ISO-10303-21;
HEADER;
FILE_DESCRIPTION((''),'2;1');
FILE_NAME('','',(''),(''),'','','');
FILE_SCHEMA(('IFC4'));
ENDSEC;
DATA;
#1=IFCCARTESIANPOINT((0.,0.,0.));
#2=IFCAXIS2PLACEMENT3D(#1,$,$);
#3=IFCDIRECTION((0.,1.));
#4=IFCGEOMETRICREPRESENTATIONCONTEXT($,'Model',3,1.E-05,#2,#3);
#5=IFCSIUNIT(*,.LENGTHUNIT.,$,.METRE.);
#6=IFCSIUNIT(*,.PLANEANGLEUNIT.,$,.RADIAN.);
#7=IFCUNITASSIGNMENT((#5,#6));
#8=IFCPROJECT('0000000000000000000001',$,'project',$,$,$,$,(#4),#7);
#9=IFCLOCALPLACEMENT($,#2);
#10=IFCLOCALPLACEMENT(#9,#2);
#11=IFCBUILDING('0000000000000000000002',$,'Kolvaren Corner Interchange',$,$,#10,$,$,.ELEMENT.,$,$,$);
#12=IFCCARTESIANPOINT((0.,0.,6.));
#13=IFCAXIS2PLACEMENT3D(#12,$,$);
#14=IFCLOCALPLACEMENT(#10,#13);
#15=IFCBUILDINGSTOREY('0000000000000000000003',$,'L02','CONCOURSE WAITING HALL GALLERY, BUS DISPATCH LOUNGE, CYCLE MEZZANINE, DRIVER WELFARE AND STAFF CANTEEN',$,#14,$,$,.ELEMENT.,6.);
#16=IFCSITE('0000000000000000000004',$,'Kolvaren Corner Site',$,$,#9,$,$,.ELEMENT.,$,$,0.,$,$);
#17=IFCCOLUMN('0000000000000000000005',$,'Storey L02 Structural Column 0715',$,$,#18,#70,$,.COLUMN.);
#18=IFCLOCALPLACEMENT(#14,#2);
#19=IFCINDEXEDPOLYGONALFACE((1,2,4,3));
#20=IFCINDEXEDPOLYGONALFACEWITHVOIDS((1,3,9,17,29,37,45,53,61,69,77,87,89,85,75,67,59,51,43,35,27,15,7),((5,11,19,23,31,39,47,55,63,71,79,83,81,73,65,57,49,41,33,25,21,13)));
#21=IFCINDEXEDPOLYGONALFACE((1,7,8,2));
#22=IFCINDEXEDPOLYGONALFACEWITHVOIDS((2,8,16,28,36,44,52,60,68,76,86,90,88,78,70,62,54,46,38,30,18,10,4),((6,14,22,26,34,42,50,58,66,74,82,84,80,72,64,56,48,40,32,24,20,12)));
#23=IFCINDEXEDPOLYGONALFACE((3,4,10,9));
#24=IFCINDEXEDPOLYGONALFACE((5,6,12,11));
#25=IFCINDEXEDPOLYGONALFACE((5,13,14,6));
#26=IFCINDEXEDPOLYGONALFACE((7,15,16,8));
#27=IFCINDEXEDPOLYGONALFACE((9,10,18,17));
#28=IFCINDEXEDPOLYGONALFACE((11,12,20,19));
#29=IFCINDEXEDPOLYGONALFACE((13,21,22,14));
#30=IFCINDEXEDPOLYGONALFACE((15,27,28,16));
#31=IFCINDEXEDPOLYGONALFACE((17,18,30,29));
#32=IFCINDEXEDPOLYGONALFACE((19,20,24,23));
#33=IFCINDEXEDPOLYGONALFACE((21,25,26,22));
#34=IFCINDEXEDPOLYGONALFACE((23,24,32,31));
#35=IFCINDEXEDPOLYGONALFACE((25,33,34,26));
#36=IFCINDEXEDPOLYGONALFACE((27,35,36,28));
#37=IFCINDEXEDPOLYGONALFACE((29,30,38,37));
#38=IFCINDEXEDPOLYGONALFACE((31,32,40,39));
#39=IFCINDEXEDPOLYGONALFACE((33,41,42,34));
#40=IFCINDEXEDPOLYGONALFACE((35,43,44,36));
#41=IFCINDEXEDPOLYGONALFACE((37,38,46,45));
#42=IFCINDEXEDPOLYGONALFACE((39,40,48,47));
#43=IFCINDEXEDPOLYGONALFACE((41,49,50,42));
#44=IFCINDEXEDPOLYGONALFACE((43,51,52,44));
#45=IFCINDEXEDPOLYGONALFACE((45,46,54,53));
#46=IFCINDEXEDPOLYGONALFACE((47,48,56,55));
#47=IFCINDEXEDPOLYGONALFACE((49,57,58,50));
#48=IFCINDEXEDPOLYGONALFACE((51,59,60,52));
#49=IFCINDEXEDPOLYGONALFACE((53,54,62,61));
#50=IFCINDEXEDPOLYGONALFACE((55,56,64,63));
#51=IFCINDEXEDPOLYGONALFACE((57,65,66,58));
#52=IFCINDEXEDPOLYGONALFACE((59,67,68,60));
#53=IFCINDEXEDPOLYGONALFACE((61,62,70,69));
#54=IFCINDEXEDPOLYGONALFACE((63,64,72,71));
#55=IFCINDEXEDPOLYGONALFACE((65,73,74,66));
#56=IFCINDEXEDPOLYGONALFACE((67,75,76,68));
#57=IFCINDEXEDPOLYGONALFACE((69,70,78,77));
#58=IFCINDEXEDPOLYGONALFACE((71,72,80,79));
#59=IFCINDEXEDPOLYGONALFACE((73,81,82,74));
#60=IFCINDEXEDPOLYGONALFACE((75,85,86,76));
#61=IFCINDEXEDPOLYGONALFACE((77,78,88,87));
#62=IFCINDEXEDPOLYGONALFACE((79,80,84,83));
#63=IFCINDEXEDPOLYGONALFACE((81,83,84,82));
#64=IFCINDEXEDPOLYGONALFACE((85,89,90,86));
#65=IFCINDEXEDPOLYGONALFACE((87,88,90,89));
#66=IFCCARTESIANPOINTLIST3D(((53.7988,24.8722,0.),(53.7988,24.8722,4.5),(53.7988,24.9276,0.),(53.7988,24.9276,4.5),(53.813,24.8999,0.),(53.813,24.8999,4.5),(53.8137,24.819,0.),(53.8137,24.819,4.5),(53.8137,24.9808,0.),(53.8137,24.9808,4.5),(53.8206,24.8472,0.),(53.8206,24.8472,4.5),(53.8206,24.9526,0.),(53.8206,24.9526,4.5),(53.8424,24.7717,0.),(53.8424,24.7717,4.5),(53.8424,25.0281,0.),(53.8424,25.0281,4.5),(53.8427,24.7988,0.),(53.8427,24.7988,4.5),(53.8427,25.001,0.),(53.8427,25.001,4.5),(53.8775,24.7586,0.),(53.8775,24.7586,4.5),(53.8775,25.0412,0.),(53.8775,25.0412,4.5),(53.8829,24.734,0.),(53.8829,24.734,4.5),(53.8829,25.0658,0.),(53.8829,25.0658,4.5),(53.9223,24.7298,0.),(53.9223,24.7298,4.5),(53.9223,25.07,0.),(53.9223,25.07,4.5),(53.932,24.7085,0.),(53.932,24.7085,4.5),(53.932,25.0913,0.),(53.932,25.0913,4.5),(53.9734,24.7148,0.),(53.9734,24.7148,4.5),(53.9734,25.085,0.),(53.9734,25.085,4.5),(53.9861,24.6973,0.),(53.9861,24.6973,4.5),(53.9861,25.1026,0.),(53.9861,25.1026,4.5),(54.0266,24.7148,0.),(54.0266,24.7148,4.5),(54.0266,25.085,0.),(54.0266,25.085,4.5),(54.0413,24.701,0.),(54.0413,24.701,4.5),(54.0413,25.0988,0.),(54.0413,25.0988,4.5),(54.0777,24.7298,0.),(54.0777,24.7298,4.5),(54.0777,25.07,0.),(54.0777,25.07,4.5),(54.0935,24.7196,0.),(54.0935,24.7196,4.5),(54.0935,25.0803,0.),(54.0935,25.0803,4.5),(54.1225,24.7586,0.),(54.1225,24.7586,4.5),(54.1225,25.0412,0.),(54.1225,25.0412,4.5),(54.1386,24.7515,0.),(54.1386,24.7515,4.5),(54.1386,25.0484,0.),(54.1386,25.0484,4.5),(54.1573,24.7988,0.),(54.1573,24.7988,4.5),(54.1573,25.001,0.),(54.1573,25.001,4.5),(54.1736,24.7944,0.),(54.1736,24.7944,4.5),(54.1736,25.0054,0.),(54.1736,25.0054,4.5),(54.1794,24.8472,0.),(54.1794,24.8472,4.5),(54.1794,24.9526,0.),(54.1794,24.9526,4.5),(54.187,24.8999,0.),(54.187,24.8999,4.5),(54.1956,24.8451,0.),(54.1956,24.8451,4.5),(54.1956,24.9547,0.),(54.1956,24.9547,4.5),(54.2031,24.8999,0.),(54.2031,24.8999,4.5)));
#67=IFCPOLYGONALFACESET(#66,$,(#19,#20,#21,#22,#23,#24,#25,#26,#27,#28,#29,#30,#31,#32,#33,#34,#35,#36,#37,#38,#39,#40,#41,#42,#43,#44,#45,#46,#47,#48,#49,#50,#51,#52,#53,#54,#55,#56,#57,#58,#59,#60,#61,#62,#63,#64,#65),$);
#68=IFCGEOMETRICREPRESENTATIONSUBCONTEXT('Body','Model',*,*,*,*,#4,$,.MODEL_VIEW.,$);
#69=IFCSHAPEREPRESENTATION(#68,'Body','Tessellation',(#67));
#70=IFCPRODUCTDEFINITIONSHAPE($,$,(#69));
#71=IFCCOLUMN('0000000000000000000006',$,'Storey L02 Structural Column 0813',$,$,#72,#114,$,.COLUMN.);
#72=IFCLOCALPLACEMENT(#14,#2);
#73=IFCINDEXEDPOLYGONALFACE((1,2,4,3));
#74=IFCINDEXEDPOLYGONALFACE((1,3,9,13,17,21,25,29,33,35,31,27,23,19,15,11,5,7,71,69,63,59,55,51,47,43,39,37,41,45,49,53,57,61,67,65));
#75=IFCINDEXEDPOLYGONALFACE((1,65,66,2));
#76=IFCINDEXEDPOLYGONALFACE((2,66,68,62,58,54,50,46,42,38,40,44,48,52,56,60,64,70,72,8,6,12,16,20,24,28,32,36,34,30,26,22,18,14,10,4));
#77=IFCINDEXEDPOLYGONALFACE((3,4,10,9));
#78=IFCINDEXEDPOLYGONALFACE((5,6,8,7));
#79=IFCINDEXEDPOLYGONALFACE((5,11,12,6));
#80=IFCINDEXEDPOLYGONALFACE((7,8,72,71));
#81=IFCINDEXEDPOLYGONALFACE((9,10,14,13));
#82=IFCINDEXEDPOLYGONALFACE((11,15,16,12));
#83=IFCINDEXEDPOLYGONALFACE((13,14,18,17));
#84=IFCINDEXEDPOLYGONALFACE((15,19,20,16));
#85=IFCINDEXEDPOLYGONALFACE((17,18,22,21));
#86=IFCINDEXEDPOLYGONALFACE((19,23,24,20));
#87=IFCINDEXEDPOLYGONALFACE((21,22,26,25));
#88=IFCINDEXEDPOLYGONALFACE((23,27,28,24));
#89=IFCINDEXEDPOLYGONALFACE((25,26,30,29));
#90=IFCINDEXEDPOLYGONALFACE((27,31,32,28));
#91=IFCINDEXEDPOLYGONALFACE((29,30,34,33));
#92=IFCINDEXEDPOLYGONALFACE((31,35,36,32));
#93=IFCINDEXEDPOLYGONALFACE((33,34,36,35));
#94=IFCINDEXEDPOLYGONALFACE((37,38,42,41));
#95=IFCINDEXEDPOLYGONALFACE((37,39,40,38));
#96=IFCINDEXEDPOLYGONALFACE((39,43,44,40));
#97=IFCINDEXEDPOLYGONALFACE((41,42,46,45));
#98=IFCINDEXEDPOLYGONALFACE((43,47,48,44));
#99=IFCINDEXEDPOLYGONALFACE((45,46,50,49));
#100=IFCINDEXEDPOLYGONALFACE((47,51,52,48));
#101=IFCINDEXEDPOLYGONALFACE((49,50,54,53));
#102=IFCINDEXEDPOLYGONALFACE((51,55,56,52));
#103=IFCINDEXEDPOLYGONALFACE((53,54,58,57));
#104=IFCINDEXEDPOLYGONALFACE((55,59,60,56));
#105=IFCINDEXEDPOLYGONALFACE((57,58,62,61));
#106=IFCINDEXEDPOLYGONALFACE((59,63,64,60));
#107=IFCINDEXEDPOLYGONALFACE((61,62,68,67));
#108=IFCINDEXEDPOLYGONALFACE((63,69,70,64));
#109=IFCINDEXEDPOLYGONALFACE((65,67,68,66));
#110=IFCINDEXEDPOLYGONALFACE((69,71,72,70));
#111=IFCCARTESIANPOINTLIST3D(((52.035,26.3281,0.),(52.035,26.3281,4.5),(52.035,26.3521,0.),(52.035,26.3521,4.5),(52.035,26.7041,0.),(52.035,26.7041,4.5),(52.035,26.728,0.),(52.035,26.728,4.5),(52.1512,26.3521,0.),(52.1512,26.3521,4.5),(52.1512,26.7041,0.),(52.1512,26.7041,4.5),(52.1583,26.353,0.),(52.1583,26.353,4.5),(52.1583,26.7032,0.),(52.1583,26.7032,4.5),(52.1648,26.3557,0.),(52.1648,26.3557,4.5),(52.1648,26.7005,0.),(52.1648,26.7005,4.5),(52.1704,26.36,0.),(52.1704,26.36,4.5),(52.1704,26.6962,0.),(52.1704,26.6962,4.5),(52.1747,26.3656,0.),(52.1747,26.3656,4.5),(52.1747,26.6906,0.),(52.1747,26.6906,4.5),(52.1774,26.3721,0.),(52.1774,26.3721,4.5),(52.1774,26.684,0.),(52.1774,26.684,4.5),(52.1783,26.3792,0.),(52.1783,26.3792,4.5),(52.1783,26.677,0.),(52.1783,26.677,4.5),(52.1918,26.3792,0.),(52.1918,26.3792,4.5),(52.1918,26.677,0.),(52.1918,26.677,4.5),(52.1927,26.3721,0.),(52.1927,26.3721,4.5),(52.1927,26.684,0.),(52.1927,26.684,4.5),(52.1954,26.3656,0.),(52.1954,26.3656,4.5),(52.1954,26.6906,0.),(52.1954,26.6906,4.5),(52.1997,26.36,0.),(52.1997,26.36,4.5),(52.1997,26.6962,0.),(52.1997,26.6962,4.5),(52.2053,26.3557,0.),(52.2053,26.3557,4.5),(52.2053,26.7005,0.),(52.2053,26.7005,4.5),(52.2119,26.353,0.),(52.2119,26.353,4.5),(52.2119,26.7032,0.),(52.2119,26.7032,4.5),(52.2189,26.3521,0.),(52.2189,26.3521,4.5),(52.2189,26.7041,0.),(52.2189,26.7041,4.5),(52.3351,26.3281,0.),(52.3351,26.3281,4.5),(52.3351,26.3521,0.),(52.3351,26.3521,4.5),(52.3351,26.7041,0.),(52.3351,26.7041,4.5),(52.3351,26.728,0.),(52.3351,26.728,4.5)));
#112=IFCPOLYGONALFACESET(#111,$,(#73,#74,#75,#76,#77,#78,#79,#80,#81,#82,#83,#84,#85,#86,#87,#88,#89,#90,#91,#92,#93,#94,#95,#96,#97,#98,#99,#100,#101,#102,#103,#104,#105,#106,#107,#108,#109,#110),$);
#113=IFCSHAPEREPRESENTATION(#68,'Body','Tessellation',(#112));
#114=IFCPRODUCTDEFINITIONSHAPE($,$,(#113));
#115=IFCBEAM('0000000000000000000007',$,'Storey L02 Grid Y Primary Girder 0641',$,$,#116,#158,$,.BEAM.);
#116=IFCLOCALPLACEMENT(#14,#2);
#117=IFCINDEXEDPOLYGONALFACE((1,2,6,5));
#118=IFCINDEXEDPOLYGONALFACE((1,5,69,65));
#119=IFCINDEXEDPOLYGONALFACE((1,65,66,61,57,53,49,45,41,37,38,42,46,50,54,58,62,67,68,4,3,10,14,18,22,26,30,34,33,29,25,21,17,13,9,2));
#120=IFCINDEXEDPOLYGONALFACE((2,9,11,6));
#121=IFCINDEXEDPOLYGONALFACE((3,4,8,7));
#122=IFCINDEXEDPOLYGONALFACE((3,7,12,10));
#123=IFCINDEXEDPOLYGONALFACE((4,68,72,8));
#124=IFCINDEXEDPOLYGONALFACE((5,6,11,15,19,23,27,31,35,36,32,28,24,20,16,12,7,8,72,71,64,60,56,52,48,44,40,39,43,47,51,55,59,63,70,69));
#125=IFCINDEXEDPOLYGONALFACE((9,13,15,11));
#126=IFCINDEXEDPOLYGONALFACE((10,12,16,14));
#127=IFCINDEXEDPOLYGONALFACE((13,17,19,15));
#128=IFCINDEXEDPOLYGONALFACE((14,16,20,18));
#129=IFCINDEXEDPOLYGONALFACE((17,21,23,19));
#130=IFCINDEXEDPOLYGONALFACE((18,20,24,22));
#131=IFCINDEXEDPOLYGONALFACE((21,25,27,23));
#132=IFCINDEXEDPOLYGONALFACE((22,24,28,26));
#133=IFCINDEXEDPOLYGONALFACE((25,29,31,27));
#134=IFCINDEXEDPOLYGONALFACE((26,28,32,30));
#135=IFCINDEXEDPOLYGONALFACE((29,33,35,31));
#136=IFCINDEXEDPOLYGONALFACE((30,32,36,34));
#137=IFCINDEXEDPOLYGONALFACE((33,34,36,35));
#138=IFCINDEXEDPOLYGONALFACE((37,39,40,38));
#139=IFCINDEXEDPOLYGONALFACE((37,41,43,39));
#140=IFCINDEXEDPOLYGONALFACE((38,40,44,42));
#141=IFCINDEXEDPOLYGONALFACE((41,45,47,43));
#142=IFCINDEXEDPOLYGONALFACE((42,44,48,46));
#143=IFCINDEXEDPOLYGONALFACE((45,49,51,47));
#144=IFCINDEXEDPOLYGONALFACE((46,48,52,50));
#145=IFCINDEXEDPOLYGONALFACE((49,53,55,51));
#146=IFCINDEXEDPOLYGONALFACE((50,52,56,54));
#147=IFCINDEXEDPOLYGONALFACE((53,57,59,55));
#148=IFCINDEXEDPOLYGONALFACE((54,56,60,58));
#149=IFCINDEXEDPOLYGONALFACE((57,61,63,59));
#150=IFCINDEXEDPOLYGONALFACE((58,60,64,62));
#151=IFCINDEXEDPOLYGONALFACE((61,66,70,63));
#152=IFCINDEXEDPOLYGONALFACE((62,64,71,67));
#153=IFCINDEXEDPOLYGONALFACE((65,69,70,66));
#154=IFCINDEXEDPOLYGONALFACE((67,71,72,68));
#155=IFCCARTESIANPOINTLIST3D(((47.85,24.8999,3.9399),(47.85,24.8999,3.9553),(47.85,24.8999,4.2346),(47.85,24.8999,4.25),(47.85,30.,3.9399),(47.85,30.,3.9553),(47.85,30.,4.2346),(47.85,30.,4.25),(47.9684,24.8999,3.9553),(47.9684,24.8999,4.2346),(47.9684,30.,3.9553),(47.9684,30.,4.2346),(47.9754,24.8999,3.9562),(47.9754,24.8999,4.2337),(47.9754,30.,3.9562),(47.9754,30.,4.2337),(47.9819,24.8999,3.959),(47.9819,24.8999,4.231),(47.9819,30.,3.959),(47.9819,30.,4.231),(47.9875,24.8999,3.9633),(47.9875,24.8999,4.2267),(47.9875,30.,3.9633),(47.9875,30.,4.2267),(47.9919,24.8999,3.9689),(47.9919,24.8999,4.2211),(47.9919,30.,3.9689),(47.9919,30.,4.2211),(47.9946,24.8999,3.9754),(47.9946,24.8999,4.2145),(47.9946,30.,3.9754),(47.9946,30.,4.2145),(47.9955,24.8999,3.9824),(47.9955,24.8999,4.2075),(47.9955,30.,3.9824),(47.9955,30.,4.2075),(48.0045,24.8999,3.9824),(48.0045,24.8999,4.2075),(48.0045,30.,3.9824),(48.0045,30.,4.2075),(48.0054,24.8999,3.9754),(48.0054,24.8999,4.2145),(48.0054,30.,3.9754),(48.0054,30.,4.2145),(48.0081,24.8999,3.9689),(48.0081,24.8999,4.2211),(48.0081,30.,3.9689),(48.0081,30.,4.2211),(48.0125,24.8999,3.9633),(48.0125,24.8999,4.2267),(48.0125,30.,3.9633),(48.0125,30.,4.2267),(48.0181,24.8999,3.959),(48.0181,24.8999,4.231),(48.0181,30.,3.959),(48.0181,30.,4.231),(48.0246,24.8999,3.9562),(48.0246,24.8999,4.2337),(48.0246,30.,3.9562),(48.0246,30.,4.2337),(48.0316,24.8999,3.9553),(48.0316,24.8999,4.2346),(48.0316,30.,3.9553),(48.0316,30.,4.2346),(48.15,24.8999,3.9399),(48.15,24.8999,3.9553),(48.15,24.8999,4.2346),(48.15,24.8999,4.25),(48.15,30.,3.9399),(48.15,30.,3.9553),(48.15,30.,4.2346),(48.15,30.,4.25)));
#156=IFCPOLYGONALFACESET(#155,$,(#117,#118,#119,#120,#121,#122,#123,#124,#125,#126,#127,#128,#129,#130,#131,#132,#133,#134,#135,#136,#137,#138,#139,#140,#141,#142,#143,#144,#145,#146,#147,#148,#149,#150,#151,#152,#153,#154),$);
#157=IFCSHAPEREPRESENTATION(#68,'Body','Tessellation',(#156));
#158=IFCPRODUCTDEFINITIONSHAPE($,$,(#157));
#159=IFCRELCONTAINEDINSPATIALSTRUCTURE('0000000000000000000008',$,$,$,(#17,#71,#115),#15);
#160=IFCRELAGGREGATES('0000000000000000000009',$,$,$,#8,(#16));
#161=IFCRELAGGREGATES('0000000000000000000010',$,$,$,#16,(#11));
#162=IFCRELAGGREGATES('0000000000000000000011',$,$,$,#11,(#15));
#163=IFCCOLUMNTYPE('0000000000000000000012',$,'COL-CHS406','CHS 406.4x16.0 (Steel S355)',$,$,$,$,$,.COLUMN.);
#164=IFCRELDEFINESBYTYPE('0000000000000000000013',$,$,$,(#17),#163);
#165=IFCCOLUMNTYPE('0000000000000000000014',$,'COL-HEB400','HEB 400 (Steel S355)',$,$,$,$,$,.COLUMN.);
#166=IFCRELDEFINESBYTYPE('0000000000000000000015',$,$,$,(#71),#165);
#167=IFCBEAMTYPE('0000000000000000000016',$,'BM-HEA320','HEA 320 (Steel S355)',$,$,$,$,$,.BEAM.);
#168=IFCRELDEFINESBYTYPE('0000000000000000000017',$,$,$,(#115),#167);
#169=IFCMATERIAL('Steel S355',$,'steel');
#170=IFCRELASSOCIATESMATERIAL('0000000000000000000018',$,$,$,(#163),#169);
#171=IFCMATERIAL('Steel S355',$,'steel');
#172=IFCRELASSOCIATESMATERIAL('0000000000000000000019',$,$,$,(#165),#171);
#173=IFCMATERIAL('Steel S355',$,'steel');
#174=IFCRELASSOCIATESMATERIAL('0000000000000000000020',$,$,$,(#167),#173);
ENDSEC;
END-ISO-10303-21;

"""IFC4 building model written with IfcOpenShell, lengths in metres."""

from ifc_helpers import new_model, si_unit, direction, frame, origin, origin_2d, place, context, subcontext, project, spatial, hollow_circle, i_section, extrude, material, material_profile, profile_set, type_object, element, save


model = new_model("IFC4")

# Units and contexts
model_context = context("Model", 3, precision=1e-05, world=origin(), true_north=direction((0.0, 1.0)))
body_context = subcontext(model_context, "Body", "Model", "MODEL_VIEW")
ifc_project = project(units=[si_unit("LENGTHUNIT", "METRE"), si_unit("PLANEANGLEUNIT", "RADIAN")], contexts=[model_context])

# Site, building, storey
site_placement = place(None, origin())
site = spatial("IfcSite", under=ifc_project, at=site_placement, Name="Kolvaren Corner Site", CompositionType="ELEMENT", RefElevation=0.0)
building_placement = place(site_placement, origin())
building = spatial("IfcBuilding", under=site, at=building_placement, Name="Kolvaren Corner Interchange", CompositionType="ELEMENT")
storey_placement = place(building_placement, frame((0.0, 0.0, 6.0)))
storey = spatial("IfcBuildingStorey", under=building, at=storey_placement, Name="L02", Description="CONCOURSE WAITING HALL GALLERY, BUS DISPATCH LOUNGE, CYCLE MEZZANINE, DRIVER WELFARE AND STAFF CANTEEN", CompositionType="ELEMENT", Elevation=6.0)

# Columns
ifc_material_1 = material(Name="Steel S355", Category="steel")
ifc_material_profile_1 = material_profile(ifc_material_1, hollow_circle(Radius=0.2031, WallThickness=0.0161, at=origin_2d()), Name="CHS 406.4x16.0")
ifc_profile_set_1 = profile_set([ifc_material_profile_1], Name="Steel S355")
column_type_1 = type_object("IfcColumnType", Name="COL-CHS406", Description="CHS 406.4x16.0 (Steel S355)", PredefinedType="COLUMN", material=ifc_profile_set_1)
for number, where, z_axis, x_axis, name in (
    (1, (54.0, 24.8999, 0.0), (0.0, 0.0, 1.0), (1.0, 0.0, 0.0), "Storey L02 Structural Column 0715"),
):
    element("IfcColumn", number, at=place(storey_placement, frame(where, z_axis=z_axis, x_axis=x_axis)), inside=storey, type_object=column_type_1, Name=name, PredefinedType="COLUMN", context=body_context, shape_type="SweptSolid", body=[
        extrude(hollow_circle(Radius=0.2031, WallThickness=0.0161, at=origin_2d()), origin(), (0.0, 0.0, 1.0), 4.5),
    ])
ifc_material_2 = material(Name="Steel S355", Category="steel")
ifc_material_profile_2 = material_profile(ifc_material_2, i_section(OverallWidth=0.3, OverallDepth=0.3999, WebThickness=0.0134, FlangeThickness=0.0239, FilletRadius=0.0271, at=origin_2d()), Name="HEB 400")
ifc_profile_set_2 = profile_set([ifc_material_profile_2], Name="Steel S355")
column_type_2 = type_object("IfcColumnType", Name="COL-HEB400", Description="HEB 400 (Steel S355)", PredefinedType="COLUMN", material=ifc_profile_set_2)
column_placement = place(storey_placement, frame((52.1851, 26.5281, 0.0), z_axis=(0.0, 0.0, 1.0), x_axis=(1.0, 0.0, 0.0)))
element("IfcColumn", 2, at=column_placement, inside=storey, type_object=column_type_2, Name="Storey L02 Structural Column 0813", PredefinedType="COLUMN", context=body_context, shape_type="SweptSolid", body=[
    extrude(i_section(OverallWidth=0.3, OverallDepth=0.3999, WebThickness=0.0134, FlangeThickness=0.0239, FilletRadius=0.0271, at=origin_2d()), origin(), (0.0, 0.0, 1.0), 4.5),
])

# Beam
ifc_material_3 = material(Name="Steel S355", Category="steel")
ifc_material_profile_3 = material_profile(ifc_material_3, i_section(OverallWidth=0.3, OverallDepth=0.3101, WebThickness=0.009, FlangeThickness=0.0154, FilletRadius=0.0271, at=origin_2d()), Name="HEA 320")
ifc_profile_set_3 = profile_set([ifc_material_profile_3], Name="Steel S355")
beam_type_1 = type_object("IfcBeamType", Name="BM-HEA320", Description="HEA 320 (Steel S355)", PredefinedType="BEAM", material=ifc_profile_set_3)
beam_1_placement = place(storey_placement, frame((48.0, 24.8999, 4.095), z_axis=(0.0, 1.0, 0.0), x_axis=(-1.0, 0.0, 0.0)))
element("IfcBeam", 3, at=beam_1_placement, inside=storey, type_object=beam_type_1, Name="Storey L02 Grid Y Primary Girder 0641", PredefinedType="BEAM", context=body_context, shape_type="SweptSolid", body=[
    extrude(i_section(OverallWidth=0.3, OverallDepth=0.3101, WebThickness=0.009, FlangeThickness=0.0154, FilletRadius=0.0271, at=origin_2d()), origin(), (0.0, 0.0, 1.0), 5.1001),
])

save(model, "model.ifc")
